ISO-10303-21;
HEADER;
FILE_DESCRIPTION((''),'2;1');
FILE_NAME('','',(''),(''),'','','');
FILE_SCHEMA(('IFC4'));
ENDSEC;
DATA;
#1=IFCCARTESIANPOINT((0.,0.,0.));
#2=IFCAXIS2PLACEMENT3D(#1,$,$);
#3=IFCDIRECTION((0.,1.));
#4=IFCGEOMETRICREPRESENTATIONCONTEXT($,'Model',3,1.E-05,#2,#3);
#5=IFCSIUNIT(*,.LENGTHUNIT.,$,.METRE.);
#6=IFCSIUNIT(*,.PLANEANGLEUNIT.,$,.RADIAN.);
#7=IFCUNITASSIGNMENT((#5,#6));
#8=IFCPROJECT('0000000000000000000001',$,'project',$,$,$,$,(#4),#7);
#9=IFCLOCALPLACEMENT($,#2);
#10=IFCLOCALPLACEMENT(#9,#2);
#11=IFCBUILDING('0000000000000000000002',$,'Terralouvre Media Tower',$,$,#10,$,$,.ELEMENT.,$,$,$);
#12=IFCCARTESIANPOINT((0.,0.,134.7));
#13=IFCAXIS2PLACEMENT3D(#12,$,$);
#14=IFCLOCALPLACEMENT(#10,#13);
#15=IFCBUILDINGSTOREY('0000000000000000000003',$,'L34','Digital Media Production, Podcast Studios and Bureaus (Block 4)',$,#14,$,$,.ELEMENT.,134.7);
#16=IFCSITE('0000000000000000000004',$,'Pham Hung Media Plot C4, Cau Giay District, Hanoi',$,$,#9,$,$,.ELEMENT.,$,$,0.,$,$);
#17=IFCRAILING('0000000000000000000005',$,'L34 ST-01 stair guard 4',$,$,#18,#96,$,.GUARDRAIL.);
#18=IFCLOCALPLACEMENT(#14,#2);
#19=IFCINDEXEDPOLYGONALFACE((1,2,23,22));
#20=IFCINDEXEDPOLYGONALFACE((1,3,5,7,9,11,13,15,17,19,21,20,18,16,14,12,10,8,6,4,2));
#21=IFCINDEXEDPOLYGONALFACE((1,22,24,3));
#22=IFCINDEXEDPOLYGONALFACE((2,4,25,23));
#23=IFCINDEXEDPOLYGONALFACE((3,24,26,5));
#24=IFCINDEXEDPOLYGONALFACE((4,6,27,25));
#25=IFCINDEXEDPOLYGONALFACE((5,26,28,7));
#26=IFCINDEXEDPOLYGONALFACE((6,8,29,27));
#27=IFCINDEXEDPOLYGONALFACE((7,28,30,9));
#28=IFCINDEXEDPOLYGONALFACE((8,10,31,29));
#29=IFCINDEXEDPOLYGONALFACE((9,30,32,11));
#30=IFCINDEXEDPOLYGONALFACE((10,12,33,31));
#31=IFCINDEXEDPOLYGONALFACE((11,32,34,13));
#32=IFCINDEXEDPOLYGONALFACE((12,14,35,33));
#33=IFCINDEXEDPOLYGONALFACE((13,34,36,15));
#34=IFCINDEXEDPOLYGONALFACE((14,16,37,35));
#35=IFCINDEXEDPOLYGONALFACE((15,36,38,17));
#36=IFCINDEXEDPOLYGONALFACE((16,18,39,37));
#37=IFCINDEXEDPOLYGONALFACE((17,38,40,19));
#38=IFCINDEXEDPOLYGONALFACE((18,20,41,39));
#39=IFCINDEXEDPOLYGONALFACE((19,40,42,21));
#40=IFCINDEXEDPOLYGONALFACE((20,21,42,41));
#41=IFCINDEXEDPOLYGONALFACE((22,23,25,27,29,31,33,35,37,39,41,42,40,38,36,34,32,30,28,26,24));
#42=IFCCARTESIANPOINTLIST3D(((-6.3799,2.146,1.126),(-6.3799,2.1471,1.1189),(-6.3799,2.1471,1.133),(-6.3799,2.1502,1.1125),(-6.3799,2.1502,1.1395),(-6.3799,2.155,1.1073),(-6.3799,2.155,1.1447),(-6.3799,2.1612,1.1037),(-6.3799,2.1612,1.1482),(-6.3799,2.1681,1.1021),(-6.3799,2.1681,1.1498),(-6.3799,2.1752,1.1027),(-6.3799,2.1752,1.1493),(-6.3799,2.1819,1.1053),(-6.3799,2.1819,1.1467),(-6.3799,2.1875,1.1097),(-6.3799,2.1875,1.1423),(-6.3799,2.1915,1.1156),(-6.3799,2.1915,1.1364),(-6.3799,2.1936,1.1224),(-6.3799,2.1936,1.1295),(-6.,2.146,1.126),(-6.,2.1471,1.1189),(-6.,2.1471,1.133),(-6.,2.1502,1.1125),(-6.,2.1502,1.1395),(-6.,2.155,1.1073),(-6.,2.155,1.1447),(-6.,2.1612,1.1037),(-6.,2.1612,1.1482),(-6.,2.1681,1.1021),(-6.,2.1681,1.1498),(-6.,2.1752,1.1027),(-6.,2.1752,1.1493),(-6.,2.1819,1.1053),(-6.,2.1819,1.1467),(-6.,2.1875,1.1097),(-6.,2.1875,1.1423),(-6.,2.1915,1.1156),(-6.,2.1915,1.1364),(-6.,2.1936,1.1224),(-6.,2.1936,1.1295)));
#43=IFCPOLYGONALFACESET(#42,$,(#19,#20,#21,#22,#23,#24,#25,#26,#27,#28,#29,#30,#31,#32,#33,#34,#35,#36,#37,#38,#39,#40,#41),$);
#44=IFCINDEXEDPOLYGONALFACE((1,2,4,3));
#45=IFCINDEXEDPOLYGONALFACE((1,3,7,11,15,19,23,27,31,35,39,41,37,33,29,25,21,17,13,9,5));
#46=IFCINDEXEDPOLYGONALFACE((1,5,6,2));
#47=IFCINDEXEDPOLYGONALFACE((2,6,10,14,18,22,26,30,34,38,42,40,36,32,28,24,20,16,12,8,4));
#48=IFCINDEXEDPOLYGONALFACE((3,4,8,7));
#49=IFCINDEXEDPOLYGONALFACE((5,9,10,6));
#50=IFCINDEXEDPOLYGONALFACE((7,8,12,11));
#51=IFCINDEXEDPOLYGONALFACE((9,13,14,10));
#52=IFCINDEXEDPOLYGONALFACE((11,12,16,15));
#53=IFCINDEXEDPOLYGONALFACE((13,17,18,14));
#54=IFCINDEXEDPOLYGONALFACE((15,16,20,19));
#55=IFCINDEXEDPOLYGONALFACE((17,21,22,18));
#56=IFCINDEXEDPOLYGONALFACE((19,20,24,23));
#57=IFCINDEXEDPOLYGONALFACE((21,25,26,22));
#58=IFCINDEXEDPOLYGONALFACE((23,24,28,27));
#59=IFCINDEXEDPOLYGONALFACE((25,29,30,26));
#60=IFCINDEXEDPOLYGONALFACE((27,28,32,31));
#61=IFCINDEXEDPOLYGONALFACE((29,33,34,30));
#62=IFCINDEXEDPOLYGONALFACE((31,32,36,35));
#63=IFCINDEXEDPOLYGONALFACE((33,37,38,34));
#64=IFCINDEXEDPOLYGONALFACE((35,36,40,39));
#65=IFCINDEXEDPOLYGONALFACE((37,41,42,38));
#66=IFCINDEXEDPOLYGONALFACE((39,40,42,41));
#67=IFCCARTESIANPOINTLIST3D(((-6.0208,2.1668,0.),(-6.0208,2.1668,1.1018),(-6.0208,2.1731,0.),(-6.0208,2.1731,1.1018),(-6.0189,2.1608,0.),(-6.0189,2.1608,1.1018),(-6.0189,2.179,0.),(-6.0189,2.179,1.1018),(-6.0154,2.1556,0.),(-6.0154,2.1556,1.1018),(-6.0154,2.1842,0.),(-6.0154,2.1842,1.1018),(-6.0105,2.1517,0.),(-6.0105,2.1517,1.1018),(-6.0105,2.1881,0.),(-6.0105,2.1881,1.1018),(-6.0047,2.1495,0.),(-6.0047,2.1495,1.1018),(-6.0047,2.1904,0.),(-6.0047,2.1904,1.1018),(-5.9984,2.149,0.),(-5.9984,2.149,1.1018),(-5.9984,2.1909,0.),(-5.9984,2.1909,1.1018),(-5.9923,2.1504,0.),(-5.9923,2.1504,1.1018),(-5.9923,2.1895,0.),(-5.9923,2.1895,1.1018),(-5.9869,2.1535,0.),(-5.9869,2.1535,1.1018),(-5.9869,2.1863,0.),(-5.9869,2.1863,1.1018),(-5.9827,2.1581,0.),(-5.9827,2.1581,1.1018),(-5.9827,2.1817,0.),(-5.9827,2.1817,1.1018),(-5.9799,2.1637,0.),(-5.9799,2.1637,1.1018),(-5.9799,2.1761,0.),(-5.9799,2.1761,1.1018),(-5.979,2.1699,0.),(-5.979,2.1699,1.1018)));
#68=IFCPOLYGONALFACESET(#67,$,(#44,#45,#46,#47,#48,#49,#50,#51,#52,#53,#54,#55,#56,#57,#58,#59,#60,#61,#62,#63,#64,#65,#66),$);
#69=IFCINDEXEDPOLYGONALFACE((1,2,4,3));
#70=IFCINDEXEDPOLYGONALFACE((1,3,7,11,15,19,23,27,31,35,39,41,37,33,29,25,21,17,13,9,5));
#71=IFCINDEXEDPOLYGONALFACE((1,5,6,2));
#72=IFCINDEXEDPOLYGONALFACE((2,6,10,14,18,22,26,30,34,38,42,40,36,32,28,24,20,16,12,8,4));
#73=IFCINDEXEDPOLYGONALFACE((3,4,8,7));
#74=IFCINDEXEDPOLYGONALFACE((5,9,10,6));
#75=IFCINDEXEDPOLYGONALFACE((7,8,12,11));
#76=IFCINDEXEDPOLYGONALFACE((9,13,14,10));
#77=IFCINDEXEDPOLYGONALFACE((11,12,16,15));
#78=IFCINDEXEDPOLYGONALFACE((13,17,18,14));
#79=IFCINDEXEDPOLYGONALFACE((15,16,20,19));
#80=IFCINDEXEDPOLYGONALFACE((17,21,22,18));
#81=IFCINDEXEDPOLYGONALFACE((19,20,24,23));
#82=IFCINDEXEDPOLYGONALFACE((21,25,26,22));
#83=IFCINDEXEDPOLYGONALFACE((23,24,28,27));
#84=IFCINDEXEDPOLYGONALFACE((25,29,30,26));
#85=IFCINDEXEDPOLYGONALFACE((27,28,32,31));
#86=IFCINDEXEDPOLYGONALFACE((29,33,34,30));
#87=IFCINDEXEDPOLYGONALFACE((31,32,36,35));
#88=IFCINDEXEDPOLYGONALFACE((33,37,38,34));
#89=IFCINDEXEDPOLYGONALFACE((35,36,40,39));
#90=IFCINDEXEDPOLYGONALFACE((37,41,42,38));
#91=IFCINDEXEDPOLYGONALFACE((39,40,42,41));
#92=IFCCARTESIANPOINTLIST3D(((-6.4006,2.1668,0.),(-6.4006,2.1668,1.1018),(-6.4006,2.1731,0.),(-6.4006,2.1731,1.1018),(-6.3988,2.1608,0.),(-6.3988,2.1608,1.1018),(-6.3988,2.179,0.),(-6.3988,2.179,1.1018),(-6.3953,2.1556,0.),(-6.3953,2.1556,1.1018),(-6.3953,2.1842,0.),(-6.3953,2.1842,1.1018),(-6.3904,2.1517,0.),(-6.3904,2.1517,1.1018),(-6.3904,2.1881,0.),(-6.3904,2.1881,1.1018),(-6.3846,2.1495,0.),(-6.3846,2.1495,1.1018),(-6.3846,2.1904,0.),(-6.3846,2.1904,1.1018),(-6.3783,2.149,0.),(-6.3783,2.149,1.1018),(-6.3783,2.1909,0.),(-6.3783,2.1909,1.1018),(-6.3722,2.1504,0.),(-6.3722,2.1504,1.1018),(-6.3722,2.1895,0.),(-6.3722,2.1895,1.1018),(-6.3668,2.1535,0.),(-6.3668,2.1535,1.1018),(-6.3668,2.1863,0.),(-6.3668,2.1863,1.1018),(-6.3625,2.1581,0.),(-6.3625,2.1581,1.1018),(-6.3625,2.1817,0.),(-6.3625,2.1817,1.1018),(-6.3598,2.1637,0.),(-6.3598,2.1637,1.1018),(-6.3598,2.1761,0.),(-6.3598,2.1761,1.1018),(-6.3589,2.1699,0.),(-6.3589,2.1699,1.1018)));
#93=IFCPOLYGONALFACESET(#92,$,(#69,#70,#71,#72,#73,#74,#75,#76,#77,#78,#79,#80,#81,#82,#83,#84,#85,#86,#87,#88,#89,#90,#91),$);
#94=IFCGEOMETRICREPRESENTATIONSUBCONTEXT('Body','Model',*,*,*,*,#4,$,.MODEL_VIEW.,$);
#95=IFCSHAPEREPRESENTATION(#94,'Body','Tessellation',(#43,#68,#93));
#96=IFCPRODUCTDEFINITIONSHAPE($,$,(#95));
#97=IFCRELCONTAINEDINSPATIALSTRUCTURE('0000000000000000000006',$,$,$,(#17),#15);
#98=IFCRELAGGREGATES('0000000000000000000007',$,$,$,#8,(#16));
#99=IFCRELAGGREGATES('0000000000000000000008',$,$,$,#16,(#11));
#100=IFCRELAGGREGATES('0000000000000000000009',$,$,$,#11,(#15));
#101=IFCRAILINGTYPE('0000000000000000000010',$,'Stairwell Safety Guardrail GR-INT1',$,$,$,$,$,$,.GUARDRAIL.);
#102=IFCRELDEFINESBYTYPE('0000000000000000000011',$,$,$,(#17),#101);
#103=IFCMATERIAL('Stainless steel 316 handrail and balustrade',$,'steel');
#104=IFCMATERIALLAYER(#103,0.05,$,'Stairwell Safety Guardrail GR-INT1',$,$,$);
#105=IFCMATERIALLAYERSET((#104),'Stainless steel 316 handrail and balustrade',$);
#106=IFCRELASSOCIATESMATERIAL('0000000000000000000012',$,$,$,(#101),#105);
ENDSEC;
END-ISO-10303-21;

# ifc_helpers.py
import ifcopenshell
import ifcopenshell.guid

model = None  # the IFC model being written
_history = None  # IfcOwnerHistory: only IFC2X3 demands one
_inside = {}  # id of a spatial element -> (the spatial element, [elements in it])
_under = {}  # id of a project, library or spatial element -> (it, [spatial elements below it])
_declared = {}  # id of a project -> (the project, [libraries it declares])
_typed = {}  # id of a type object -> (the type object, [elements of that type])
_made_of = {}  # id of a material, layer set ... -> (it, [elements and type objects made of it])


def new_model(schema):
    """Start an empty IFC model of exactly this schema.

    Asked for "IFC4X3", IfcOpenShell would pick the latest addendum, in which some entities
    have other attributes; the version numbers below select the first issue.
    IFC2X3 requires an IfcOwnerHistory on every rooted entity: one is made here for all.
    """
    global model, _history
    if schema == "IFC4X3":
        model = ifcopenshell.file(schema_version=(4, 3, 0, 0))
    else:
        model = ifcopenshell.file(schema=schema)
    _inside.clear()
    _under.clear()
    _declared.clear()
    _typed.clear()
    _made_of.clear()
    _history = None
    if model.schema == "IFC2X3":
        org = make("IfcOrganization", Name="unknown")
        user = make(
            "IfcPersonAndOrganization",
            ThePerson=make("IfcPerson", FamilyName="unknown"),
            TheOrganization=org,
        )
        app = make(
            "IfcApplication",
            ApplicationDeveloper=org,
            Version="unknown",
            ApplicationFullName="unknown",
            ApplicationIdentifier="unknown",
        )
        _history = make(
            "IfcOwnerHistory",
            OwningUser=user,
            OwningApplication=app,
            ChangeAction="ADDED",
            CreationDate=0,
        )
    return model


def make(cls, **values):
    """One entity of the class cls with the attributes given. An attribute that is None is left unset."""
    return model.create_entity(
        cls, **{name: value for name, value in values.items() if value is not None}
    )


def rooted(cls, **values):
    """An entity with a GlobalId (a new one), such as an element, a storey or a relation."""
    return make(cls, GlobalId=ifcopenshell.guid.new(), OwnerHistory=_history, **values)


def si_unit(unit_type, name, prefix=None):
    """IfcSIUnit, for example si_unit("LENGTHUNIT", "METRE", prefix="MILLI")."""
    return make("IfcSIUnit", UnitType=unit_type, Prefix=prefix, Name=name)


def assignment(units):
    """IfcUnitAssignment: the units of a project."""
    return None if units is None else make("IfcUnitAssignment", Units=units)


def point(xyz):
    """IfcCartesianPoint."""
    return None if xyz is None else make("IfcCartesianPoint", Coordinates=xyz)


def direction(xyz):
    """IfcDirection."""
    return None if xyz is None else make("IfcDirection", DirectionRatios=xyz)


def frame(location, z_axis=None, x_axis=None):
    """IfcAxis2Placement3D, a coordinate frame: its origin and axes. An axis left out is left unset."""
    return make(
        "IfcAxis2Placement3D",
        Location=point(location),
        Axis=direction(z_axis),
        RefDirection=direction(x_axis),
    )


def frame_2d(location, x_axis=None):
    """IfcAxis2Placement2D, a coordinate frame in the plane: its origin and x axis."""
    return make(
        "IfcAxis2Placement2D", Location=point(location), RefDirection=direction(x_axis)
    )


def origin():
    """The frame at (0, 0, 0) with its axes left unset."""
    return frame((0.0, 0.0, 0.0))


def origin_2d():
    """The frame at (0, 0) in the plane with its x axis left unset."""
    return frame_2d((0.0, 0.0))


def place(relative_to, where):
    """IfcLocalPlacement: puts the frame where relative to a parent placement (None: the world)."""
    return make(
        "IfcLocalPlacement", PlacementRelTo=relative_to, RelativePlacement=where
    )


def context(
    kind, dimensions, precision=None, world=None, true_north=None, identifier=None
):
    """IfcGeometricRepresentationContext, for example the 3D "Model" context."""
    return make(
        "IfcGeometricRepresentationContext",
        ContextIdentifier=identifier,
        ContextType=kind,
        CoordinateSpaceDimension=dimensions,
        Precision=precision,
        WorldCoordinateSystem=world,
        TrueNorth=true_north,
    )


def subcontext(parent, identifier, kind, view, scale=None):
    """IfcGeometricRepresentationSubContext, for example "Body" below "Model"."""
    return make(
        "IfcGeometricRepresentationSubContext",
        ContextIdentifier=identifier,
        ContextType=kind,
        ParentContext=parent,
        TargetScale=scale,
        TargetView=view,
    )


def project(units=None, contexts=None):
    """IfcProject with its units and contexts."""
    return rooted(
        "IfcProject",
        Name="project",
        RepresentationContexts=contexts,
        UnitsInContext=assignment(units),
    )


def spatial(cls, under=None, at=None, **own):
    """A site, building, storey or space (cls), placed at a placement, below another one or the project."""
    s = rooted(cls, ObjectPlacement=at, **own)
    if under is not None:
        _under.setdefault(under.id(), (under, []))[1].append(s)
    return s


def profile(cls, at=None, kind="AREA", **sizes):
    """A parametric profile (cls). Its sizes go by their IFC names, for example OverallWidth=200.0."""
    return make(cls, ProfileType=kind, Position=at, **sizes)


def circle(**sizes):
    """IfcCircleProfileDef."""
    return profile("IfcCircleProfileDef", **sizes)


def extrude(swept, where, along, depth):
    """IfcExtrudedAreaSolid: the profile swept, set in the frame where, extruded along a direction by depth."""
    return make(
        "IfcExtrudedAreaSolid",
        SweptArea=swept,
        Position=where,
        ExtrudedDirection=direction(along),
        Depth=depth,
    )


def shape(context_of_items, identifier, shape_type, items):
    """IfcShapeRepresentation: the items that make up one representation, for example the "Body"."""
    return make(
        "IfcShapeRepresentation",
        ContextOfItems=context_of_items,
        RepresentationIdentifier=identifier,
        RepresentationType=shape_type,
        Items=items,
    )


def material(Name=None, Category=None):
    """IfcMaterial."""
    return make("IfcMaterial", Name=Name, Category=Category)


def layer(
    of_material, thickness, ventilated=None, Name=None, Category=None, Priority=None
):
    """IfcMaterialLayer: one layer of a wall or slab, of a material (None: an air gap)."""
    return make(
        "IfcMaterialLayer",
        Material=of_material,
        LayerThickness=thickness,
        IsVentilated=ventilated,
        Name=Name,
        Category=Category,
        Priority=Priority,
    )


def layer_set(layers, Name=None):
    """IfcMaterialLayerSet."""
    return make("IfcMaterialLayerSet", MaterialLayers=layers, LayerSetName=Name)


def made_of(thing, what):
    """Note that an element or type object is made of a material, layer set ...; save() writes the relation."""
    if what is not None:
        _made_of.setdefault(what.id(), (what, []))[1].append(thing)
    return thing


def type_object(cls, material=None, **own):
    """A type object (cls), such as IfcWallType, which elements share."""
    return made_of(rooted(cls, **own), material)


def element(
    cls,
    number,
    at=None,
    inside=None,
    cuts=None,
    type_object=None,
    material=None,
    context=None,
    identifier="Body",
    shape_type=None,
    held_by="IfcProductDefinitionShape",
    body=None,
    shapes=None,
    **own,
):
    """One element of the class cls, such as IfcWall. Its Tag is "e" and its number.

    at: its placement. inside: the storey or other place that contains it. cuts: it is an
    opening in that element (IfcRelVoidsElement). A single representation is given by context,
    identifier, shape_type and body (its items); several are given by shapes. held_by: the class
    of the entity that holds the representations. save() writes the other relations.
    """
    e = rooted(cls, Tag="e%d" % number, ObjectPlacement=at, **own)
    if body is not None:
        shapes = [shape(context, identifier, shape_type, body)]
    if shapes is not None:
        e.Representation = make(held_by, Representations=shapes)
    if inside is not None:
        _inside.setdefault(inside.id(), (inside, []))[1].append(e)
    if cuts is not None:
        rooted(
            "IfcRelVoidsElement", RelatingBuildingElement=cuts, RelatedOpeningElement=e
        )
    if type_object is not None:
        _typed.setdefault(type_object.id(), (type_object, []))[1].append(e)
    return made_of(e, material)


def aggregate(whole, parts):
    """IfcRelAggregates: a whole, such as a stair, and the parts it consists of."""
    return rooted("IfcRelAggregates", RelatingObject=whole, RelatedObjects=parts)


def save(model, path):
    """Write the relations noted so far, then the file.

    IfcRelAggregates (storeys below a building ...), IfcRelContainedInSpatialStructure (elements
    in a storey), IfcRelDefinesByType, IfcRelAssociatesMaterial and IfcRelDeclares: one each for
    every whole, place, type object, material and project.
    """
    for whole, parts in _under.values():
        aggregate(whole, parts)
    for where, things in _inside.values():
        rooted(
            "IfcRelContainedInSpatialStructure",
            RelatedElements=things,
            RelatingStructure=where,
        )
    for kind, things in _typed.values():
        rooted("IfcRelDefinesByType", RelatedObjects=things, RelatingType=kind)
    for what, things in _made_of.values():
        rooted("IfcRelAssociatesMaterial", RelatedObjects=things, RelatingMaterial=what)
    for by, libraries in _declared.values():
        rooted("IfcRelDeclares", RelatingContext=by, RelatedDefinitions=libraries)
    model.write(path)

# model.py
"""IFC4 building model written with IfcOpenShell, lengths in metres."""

from ifc_helpers import new_model, si_unit, direction, frame, origin, origin_2d, place, context, subcontext, project, spatial, circle, extrude, material, layer, layer_set, type_object, element, save


model = new_model("IFC4")

# Units and contexts
model_context = context("Model", 3, precision=1e-05, world=origin(), true_north=direction((0.0, 1.0)))
body_context = subcontext(model_context, "Body", "Model", "MODEL_VIEW")
ifc_project = project(units=[si_unit("LENGTHUNIT", "METRE"), si_unit("PLANEANGLEUNIT", "RADIAN")], contexts=[model_context])

# Site, building, storey
site_placement = place(None, origin())
site = spatial("IfcSite", under=ifc_project, at=site_placement, Name="Pham Hung Media Plot C4, Cau Giay District, Hanoi", CompositionType="ELEMENT", RefElevation=0.0)
building_placement = place(site_placement, origin())
building = spatial("IfcBuilding", under=site, at=building_placement, Name="Terralouvre Media Tower", CompositionType="ELEMENT")
storey_placement = place(building_placement, frame((0.0, 0.0, 134.7)))
storey = spatial("IfcBuildingStorey", under=building, at=storey_placement, Name="L34", Description="Digital Media Production, Podcast Studios and Bureaus (Block 4)", CompositionType="ELEMENT", Elevation=134.7)

# Railing
ifc_material_1 = material(Name="Stainless steel 316 handrail and balustrade", Category="steel")
ifc_layer_1 = layer(ifc_material_1, 0.05, Name="Stairwell Safety Guardrail GR-INT1")
ifc_layer_set_1 = layer_set([ifc_layer_1], Name="Stainless steel 316 handrail and balustrade")
railing_type_1 = type_object("IfcRailingType", Name="Stairwell Safety Guardrail GR-INT1", PredefinedType="GUARDRAIL", material=ifc_layer_set_1)
railing_1_placement = place(storey_placement, frame((-6.0, 2.1699, 0.0)))
element("IfcRailing", 1, at=railing_1_placement, inside=storey, type_object=railing_type_1, Name="L34 ST-01 stair guard 4", PredefinedType="GUARDRAIL", context=body_context, shape_type="SweptSolid", body=[
    extrude(circle(Radius=0.0239, at=origin_2d()), frame((0.0, 0.0, 1.126), z_axis=(-1.0, 0.0, 0.0), x_axis=(0.0, -1.0, 0.0)), (0.0, 0.0, 1.0), 0.3799),
    extrude(circle(Radius=0.021, at=origin_2d()), origin(), (0.0, 0.0, 1.0), 1.1018),
    extrude(circle(Radius=0.021, at=origin_2d()), frame((-0.3799, 0.0, 0.0)), (0.0, 0.0, 1.0), 1.1018),
])

save(model, "model.ifc")
